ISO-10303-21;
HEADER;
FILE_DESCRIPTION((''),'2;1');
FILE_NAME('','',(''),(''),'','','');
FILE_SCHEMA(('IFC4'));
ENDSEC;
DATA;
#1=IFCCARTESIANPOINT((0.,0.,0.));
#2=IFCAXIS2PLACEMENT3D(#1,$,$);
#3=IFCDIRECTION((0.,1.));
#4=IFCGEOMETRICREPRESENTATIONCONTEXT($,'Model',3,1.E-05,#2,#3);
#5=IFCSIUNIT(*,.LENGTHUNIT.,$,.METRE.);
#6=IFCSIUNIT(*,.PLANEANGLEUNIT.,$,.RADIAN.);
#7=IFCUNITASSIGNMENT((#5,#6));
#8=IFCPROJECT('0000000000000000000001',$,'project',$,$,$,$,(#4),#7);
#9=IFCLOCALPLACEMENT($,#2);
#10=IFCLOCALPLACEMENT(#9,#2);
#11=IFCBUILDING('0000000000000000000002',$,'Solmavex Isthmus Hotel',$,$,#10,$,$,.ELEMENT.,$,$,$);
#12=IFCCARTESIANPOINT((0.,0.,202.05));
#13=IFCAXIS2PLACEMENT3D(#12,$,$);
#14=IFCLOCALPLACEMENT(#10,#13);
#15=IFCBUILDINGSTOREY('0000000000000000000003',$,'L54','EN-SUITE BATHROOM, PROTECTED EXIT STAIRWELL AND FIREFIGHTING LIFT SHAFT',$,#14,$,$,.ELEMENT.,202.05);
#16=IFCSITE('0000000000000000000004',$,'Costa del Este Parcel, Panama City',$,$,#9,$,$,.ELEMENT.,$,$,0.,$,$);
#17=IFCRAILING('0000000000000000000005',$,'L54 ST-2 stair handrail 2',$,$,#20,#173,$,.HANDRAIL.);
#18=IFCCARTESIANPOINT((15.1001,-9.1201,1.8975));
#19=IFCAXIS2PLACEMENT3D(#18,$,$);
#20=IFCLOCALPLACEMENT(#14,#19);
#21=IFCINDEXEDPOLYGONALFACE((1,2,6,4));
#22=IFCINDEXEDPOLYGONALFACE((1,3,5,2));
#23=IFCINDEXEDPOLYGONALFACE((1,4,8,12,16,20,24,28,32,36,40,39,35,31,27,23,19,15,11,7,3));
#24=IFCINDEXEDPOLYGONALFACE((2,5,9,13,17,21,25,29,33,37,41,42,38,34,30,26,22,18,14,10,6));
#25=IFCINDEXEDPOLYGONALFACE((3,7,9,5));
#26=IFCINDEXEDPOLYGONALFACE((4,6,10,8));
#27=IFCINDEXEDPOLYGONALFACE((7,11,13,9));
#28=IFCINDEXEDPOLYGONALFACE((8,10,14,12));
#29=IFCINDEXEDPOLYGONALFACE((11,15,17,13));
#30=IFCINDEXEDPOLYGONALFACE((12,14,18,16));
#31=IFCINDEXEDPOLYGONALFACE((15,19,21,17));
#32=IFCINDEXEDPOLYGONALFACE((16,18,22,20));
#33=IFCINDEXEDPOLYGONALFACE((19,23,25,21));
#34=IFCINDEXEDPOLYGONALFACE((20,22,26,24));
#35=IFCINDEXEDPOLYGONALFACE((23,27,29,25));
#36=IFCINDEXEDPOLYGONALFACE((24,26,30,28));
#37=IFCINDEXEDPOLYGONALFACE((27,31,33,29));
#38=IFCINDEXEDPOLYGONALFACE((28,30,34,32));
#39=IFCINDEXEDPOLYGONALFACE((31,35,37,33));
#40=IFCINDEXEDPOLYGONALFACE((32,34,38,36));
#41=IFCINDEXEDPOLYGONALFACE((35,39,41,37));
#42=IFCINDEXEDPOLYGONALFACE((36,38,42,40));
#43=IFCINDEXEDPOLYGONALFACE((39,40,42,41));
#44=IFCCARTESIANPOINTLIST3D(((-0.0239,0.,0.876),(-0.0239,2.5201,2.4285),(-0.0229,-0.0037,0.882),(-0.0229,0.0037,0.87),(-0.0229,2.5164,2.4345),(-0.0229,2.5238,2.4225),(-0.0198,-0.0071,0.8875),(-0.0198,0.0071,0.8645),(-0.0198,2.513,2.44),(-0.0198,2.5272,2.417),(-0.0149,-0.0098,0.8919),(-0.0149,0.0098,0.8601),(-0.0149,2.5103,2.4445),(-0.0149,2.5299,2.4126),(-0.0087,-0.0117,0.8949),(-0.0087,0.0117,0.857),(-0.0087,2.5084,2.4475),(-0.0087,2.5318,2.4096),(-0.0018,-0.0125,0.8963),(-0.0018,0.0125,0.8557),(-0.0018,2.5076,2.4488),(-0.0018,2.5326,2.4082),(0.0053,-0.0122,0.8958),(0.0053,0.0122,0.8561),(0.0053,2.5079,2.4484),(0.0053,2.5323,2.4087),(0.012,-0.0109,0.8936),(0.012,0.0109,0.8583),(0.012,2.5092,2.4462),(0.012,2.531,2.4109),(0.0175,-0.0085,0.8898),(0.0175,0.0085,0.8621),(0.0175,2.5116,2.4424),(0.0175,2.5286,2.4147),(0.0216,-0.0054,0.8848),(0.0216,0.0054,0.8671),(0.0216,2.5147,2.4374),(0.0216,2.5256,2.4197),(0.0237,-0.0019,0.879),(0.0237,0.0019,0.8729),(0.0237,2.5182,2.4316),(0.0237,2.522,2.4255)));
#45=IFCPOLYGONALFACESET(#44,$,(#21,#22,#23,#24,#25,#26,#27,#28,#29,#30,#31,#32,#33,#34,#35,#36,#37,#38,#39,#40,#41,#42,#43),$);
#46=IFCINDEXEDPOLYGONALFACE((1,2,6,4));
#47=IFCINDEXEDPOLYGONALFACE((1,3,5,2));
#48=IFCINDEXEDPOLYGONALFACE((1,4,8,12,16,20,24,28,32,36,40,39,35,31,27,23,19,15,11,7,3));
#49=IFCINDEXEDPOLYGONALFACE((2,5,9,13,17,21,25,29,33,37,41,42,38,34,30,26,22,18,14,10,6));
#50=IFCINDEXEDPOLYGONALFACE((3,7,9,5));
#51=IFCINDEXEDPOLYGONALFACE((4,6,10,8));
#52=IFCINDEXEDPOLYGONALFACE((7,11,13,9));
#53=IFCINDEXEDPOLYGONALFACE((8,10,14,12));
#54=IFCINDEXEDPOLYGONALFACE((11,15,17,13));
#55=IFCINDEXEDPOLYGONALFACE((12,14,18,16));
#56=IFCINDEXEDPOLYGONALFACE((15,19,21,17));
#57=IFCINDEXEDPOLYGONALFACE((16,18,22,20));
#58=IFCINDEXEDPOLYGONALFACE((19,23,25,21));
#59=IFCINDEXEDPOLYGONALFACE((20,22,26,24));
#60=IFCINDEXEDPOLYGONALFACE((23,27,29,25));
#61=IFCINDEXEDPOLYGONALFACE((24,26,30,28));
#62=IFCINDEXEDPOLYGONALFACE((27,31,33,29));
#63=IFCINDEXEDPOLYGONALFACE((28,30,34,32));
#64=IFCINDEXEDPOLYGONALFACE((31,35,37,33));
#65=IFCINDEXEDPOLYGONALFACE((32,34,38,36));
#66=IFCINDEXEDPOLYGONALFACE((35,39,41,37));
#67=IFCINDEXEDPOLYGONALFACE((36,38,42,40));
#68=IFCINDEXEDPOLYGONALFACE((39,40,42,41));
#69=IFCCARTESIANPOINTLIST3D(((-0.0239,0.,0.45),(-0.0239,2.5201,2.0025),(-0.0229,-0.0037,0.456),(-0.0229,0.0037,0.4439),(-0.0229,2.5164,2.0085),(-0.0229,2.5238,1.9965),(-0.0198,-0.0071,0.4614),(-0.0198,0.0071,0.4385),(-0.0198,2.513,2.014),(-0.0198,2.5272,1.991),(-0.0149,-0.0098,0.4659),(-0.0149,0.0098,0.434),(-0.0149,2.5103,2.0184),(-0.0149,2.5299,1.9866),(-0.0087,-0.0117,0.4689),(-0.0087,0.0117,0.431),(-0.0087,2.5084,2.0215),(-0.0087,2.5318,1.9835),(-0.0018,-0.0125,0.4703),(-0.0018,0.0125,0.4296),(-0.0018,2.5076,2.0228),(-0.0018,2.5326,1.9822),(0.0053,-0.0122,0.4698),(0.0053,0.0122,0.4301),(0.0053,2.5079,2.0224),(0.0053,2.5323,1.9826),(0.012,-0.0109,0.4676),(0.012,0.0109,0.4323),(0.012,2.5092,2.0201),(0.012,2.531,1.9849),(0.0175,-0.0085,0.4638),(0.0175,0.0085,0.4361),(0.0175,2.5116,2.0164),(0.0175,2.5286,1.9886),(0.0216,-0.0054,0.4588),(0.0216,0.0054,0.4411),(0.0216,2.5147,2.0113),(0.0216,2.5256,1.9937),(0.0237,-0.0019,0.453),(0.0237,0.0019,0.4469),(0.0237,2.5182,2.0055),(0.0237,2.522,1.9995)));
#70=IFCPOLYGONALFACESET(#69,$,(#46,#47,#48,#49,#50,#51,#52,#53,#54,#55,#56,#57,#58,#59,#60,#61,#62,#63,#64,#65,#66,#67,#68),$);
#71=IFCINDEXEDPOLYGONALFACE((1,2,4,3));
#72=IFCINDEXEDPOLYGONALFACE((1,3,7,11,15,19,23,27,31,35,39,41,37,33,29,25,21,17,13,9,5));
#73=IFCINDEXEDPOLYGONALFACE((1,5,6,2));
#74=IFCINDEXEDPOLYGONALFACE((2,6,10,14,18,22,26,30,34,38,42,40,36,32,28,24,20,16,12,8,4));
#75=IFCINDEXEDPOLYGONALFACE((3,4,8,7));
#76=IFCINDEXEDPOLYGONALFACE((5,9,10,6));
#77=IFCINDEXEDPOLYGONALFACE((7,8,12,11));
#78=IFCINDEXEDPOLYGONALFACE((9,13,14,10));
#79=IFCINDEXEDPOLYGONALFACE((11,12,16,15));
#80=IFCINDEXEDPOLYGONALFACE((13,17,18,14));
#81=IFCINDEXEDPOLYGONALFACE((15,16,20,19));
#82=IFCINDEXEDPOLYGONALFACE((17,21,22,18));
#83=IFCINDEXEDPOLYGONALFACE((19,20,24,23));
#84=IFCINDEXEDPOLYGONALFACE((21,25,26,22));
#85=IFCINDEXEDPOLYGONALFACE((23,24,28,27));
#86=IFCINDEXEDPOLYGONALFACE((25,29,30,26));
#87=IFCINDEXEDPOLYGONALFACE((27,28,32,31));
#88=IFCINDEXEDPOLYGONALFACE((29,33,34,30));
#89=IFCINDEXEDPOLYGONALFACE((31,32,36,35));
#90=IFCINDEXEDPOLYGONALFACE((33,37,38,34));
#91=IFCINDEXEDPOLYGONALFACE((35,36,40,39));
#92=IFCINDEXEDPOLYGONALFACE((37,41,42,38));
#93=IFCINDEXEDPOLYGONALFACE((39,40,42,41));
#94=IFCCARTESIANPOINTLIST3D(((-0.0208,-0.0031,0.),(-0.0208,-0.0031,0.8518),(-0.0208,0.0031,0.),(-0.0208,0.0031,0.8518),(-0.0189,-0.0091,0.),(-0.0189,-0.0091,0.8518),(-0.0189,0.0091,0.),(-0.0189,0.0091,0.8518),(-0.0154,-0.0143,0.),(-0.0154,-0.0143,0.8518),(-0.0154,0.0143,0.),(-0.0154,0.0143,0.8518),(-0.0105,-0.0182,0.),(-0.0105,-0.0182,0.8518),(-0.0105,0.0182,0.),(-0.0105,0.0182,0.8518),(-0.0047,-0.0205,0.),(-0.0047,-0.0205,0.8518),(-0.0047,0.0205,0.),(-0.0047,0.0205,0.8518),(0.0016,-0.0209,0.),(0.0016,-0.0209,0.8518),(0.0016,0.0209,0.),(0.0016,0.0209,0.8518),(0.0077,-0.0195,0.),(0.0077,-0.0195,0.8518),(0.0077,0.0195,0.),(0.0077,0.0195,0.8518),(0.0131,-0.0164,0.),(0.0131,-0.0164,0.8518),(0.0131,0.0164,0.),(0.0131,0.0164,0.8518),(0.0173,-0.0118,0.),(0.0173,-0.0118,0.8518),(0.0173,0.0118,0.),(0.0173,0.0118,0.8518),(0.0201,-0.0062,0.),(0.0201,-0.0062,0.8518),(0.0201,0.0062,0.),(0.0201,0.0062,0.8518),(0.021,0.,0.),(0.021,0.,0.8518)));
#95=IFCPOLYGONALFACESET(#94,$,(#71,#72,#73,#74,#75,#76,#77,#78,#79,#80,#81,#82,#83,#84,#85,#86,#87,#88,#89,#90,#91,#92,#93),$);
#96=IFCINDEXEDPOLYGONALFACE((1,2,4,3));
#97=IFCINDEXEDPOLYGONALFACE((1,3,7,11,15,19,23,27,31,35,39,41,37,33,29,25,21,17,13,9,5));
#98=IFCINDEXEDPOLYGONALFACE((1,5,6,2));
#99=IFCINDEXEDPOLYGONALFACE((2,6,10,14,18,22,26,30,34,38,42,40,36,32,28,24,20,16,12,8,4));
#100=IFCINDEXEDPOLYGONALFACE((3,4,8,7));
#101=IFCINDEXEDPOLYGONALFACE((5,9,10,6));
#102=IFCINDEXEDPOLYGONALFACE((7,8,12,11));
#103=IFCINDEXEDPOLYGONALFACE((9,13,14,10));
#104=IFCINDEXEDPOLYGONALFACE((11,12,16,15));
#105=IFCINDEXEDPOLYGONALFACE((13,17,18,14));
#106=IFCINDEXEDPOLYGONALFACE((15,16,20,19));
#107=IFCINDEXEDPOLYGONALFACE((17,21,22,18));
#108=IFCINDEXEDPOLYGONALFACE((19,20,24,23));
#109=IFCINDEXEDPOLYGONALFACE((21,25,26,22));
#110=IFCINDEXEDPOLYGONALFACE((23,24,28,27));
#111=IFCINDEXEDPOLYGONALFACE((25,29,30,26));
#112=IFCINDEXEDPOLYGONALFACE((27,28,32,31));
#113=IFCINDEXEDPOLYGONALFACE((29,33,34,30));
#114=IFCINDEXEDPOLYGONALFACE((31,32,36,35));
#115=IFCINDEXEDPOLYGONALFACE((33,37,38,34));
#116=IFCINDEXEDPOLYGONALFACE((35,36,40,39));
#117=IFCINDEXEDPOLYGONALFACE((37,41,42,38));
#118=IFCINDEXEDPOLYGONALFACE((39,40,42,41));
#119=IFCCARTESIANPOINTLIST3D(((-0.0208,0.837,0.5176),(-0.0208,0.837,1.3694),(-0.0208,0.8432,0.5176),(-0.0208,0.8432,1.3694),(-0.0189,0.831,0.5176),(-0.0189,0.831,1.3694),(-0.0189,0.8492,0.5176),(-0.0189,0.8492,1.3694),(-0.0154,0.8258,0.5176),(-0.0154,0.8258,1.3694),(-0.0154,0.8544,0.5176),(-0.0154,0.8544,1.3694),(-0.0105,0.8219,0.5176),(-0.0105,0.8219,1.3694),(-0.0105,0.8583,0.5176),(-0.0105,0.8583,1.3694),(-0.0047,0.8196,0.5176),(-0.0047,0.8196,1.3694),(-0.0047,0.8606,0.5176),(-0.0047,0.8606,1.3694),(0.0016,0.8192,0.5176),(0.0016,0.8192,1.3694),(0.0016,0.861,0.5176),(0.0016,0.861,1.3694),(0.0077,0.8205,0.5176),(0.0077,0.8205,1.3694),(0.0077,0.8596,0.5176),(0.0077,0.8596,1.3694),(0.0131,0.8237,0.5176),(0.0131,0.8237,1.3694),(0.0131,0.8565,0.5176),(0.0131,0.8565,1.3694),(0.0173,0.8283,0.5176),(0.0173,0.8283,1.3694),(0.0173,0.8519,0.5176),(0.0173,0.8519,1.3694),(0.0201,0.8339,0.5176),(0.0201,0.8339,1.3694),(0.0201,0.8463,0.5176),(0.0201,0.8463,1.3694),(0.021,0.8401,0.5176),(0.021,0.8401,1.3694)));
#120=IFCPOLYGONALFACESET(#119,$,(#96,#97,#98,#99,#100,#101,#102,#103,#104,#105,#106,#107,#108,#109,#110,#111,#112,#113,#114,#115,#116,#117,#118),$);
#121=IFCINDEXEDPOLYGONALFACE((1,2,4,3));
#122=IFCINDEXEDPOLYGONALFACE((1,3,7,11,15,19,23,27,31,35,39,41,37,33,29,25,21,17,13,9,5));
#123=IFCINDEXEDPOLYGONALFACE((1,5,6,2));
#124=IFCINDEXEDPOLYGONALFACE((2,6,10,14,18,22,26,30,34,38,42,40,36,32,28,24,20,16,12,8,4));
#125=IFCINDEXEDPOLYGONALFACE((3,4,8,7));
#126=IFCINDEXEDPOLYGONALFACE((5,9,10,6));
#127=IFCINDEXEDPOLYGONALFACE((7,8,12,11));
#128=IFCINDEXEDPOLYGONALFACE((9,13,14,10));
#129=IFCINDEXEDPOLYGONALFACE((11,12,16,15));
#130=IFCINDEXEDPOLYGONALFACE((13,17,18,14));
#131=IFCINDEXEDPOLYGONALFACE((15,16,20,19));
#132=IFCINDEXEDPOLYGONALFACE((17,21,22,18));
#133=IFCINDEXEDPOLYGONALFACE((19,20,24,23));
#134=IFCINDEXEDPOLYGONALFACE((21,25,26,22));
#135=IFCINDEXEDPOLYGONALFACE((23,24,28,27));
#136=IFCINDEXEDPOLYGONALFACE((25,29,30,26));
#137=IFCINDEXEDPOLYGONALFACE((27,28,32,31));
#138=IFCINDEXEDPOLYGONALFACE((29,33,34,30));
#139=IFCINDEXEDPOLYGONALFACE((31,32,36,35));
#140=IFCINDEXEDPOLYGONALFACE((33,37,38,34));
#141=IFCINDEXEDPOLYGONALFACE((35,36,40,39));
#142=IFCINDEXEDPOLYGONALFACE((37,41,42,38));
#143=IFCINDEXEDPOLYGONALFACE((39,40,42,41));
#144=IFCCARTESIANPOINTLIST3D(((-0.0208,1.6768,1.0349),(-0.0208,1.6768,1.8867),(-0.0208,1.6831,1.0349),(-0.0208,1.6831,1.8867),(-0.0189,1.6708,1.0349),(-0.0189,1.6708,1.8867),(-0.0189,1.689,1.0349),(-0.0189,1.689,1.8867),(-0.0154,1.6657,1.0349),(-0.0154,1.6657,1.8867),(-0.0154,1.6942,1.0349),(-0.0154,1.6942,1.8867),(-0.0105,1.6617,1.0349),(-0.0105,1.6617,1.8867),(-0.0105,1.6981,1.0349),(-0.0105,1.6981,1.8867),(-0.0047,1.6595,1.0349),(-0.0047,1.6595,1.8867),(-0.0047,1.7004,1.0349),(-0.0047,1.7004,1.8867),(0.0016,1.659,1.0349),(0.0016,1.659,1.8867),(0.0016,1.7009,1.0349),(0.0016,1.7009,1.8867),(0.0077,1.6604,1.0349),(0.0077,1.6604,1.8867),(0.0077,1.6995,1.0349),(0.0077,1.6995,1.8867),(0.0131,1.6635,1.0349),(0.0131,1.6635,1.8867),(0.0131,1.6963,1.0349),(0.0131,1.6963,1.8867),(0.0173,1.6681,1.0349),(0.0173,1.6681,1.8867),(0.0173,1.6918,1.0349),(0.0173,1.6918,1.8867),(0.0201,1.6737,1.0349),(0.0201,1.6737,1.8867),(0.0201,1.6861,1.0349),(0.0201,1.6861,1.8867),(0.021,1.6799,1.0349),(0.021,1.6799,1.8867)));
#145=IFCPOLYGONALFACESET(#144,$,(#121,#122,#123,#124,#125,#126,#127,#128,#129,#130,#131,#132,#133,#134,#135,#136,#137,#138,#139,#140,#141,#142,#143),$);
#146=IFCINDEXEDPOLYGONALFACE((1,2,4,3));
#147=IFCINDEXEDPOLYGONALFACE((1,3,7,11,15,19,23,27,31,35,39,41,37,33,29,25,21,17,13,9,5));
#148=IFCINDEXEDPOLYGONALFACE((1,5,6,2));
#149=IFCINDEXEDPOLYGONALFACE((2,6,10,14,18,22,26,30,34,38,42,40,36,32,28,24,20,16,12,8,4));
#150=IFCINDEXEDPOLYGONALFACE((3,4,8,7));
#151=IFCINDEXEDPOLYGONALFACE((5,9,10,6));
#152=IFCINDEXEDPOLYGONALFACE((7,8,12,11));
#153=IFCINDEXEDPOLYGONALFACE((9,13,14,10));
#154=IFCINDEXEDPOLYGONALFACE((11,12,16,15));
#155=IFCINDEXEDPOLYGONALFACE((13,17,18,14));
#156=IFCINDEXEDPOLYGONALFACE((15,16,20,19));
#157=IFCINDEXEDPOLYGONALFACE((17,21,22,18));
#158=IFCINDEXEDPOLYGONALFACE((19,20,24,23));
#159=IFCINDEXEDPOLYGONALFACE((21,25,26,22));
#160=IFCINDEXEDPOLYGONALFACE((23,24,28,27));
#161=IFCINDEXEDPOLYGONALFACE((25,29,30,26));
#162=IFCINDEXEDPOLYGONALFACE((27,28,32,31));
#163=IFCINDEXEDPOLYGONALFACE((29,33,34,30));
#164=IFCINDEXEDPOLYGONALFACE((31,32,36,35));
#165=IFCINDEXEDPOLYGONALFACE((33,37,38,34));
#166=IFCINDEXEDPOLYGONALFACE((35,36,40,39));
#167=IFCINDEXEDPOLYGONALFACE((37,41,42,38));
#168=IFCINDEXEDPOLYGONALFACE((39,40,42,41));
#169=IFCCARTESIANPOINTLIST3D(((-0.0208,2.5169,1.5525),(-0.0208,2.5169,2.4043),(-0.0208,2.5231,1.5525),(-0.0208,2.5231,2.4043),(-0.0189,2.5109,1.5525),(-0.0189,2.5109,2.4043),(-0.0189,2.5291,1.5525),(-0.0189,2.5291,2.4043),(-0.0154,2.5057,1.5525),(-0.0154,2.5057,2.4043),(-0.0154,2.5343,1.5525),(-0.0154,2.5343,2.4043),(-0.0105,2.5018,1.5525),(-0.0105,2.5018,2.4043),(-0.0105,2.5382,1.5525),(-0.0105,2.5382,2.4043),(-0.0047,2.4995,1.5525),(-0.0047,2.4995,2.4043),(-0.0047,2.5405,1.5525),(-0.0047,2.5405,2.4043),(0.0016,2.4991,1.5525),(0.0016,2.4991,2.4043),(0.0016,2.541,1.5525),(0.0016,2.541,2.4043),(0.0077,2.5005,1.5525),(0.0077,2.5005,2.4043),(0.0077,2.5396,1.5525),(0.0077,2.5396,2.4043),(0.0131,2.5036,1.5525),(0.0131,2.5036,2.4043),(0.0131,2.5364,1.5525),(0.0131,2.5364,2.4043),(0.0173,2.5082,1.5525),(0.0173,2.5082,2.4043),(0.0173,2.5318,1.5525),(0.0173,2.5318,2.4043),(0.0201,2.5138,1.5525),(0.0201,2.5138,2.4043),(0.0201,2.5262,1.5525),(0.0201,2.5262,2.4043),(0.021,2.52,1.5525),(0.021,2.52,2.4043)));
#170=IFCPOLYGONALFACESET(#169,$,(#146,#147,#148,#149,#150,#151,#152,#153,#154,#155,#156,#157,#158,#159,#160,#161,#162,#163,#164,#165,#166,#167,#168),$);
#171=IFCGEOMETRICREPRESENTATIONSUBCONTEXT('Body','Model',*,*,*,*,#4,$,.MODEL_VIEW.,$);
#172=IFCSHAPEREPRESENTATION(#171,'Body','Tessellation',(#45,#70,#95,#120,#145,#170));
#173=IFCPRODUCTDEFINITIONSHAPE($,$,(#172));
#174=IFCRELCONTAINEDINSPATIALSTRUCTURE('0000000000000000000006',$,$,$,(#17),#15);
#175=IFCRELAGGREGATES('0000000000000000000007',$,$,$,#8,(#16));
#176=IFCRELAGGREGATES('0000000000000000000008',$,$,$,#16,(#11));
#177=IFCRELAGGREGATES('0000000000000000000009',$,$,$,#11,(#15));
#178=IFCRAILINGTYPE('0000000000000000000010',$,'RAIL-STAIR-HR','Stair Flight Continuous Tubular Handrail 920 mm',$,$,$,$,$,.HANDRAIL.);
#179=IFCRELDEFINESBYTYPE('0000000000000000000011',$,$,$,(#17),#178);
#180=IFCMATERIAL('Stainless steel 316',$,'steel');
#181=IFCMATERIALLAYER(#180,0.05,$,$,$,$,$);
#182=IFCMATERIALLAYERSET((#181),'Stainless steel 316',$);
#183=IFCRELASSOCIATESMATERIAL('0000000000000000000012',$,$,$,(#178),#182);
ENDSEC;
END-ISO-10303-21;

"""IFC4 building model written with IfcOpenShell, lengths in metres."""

from ifc_helpers import new_model, si_unit, direction, frame, origin, origin_2d, place, context, subcontext, project, spatial, circle, extrude, material, layer, layer_set, type_object, element, save


model = new_model("IFC4")

# Units and contexts
model_context = context("Model", 3, precision=1e-05, world=origin(), true_north=direction((0.0, 1.0)))
body_context = subcontext(model_context, "Body", "Model", "MODEL_VIEW")
ifc_project = project(units=[si_unit("LENGTHUNIT", "METRE"), si_unit("PLANEANGLEUNIT", "RADIAN")], contexts=[model_context])

# Site, building, storey
site_placement = place(None, origin())
site = spatial("IfcSite", under=ifc_project, at=site_placement, Name="Costa del Este Parcel, Panama City", CompositionType="ELEMENT", RefElevation=0.0)
building_placement = place(site_placement, origin())
building = spatial("IfcBuilding", under=site, at=building_placement, Name="Solmavex Isthmus Hotel", CompositionType="ELEMENT")
storey_placement = place(building_placement, frame((0.0, 0.0, 202.05)))
storey = spatial("IfcBuildingStorey", under=building, at=storey_placement, Name="L54", Description="EN-SUITE BATHROOM, PROTECTED EXIT STAIRWELL AND FIREFIGHTING LIFT SHAFT", CompositionType="ELEMENT", Elevation=202.05)

# Railing
ifc_material_1 = material(Name="Stainless steel 316", Category="steel")
ifc_layer_1 = layer(ifc_material_1, 0.05)
ifc_layer_set_1 = layer_set([ifc_layer_1], Name="Stainless steel 316")
railing_type_1 = type_object("IfcRailingType", Name="RAIL-STAIR-HR", Description="Stair Flight Continuous Tubular Handrail 920 mm", PredefinedType="HANDRAIL", material=ifc_layer_set_1)
railing_1_placement = place(storey_placement, frame((15.1001, -9.1201, 1.8975)))
element("IfcRailing", 1, at=railing_1_placement, inside=storey, type_object=railing_type_1, Name="L54 ST-2 stair handrail 2", PredefinedType="HANDRAIL", context=body_context, shape_type="SweptSolid", body=[
    extrude(circle(Radius=0.0239, at=origin_2d()), frame((0.0, 0.0, 0.876), z_axis=(0.0, 0.8514, 0.524516), x_axis=(-1.0, 0.0, 0.0)), (0.0, 0.0, 1.0), 2.96),
    extrude(circle(Radius=0.0239, at=origin_2d()), frame((0.0, 0.0, 0.45), z_axis=(0.0, 0.8514, 0.524516), x_axis=(-1.0, 0.0, 0.0)), (0.0, 0.0, 1.0), 2.96),
    extrude(circle(Radius=0.021, at=origin_2d()), origin(), (0.0, 0.0, 1.0), 0.8518),
    extrude(circle(Radius=0.021, at=origin_2d()), frame((0.0, 0.8401, 0.5176)), (0.0, 0.0, 1.0), 0.8518),
    extrude(circle(Radius=0.021, at=origin_2d()), frame((0.0, 1.6799, 1.0349)), (0.0, 0.0, 1.0), 0.8518),
    extrude(circle(Radius=0.021, at=origin_2d()), frame((0.0, 2.52, 1.5525)), (0.0, 0.0, 1.0), 0.8518),
])

save(model, "model.ifc")
